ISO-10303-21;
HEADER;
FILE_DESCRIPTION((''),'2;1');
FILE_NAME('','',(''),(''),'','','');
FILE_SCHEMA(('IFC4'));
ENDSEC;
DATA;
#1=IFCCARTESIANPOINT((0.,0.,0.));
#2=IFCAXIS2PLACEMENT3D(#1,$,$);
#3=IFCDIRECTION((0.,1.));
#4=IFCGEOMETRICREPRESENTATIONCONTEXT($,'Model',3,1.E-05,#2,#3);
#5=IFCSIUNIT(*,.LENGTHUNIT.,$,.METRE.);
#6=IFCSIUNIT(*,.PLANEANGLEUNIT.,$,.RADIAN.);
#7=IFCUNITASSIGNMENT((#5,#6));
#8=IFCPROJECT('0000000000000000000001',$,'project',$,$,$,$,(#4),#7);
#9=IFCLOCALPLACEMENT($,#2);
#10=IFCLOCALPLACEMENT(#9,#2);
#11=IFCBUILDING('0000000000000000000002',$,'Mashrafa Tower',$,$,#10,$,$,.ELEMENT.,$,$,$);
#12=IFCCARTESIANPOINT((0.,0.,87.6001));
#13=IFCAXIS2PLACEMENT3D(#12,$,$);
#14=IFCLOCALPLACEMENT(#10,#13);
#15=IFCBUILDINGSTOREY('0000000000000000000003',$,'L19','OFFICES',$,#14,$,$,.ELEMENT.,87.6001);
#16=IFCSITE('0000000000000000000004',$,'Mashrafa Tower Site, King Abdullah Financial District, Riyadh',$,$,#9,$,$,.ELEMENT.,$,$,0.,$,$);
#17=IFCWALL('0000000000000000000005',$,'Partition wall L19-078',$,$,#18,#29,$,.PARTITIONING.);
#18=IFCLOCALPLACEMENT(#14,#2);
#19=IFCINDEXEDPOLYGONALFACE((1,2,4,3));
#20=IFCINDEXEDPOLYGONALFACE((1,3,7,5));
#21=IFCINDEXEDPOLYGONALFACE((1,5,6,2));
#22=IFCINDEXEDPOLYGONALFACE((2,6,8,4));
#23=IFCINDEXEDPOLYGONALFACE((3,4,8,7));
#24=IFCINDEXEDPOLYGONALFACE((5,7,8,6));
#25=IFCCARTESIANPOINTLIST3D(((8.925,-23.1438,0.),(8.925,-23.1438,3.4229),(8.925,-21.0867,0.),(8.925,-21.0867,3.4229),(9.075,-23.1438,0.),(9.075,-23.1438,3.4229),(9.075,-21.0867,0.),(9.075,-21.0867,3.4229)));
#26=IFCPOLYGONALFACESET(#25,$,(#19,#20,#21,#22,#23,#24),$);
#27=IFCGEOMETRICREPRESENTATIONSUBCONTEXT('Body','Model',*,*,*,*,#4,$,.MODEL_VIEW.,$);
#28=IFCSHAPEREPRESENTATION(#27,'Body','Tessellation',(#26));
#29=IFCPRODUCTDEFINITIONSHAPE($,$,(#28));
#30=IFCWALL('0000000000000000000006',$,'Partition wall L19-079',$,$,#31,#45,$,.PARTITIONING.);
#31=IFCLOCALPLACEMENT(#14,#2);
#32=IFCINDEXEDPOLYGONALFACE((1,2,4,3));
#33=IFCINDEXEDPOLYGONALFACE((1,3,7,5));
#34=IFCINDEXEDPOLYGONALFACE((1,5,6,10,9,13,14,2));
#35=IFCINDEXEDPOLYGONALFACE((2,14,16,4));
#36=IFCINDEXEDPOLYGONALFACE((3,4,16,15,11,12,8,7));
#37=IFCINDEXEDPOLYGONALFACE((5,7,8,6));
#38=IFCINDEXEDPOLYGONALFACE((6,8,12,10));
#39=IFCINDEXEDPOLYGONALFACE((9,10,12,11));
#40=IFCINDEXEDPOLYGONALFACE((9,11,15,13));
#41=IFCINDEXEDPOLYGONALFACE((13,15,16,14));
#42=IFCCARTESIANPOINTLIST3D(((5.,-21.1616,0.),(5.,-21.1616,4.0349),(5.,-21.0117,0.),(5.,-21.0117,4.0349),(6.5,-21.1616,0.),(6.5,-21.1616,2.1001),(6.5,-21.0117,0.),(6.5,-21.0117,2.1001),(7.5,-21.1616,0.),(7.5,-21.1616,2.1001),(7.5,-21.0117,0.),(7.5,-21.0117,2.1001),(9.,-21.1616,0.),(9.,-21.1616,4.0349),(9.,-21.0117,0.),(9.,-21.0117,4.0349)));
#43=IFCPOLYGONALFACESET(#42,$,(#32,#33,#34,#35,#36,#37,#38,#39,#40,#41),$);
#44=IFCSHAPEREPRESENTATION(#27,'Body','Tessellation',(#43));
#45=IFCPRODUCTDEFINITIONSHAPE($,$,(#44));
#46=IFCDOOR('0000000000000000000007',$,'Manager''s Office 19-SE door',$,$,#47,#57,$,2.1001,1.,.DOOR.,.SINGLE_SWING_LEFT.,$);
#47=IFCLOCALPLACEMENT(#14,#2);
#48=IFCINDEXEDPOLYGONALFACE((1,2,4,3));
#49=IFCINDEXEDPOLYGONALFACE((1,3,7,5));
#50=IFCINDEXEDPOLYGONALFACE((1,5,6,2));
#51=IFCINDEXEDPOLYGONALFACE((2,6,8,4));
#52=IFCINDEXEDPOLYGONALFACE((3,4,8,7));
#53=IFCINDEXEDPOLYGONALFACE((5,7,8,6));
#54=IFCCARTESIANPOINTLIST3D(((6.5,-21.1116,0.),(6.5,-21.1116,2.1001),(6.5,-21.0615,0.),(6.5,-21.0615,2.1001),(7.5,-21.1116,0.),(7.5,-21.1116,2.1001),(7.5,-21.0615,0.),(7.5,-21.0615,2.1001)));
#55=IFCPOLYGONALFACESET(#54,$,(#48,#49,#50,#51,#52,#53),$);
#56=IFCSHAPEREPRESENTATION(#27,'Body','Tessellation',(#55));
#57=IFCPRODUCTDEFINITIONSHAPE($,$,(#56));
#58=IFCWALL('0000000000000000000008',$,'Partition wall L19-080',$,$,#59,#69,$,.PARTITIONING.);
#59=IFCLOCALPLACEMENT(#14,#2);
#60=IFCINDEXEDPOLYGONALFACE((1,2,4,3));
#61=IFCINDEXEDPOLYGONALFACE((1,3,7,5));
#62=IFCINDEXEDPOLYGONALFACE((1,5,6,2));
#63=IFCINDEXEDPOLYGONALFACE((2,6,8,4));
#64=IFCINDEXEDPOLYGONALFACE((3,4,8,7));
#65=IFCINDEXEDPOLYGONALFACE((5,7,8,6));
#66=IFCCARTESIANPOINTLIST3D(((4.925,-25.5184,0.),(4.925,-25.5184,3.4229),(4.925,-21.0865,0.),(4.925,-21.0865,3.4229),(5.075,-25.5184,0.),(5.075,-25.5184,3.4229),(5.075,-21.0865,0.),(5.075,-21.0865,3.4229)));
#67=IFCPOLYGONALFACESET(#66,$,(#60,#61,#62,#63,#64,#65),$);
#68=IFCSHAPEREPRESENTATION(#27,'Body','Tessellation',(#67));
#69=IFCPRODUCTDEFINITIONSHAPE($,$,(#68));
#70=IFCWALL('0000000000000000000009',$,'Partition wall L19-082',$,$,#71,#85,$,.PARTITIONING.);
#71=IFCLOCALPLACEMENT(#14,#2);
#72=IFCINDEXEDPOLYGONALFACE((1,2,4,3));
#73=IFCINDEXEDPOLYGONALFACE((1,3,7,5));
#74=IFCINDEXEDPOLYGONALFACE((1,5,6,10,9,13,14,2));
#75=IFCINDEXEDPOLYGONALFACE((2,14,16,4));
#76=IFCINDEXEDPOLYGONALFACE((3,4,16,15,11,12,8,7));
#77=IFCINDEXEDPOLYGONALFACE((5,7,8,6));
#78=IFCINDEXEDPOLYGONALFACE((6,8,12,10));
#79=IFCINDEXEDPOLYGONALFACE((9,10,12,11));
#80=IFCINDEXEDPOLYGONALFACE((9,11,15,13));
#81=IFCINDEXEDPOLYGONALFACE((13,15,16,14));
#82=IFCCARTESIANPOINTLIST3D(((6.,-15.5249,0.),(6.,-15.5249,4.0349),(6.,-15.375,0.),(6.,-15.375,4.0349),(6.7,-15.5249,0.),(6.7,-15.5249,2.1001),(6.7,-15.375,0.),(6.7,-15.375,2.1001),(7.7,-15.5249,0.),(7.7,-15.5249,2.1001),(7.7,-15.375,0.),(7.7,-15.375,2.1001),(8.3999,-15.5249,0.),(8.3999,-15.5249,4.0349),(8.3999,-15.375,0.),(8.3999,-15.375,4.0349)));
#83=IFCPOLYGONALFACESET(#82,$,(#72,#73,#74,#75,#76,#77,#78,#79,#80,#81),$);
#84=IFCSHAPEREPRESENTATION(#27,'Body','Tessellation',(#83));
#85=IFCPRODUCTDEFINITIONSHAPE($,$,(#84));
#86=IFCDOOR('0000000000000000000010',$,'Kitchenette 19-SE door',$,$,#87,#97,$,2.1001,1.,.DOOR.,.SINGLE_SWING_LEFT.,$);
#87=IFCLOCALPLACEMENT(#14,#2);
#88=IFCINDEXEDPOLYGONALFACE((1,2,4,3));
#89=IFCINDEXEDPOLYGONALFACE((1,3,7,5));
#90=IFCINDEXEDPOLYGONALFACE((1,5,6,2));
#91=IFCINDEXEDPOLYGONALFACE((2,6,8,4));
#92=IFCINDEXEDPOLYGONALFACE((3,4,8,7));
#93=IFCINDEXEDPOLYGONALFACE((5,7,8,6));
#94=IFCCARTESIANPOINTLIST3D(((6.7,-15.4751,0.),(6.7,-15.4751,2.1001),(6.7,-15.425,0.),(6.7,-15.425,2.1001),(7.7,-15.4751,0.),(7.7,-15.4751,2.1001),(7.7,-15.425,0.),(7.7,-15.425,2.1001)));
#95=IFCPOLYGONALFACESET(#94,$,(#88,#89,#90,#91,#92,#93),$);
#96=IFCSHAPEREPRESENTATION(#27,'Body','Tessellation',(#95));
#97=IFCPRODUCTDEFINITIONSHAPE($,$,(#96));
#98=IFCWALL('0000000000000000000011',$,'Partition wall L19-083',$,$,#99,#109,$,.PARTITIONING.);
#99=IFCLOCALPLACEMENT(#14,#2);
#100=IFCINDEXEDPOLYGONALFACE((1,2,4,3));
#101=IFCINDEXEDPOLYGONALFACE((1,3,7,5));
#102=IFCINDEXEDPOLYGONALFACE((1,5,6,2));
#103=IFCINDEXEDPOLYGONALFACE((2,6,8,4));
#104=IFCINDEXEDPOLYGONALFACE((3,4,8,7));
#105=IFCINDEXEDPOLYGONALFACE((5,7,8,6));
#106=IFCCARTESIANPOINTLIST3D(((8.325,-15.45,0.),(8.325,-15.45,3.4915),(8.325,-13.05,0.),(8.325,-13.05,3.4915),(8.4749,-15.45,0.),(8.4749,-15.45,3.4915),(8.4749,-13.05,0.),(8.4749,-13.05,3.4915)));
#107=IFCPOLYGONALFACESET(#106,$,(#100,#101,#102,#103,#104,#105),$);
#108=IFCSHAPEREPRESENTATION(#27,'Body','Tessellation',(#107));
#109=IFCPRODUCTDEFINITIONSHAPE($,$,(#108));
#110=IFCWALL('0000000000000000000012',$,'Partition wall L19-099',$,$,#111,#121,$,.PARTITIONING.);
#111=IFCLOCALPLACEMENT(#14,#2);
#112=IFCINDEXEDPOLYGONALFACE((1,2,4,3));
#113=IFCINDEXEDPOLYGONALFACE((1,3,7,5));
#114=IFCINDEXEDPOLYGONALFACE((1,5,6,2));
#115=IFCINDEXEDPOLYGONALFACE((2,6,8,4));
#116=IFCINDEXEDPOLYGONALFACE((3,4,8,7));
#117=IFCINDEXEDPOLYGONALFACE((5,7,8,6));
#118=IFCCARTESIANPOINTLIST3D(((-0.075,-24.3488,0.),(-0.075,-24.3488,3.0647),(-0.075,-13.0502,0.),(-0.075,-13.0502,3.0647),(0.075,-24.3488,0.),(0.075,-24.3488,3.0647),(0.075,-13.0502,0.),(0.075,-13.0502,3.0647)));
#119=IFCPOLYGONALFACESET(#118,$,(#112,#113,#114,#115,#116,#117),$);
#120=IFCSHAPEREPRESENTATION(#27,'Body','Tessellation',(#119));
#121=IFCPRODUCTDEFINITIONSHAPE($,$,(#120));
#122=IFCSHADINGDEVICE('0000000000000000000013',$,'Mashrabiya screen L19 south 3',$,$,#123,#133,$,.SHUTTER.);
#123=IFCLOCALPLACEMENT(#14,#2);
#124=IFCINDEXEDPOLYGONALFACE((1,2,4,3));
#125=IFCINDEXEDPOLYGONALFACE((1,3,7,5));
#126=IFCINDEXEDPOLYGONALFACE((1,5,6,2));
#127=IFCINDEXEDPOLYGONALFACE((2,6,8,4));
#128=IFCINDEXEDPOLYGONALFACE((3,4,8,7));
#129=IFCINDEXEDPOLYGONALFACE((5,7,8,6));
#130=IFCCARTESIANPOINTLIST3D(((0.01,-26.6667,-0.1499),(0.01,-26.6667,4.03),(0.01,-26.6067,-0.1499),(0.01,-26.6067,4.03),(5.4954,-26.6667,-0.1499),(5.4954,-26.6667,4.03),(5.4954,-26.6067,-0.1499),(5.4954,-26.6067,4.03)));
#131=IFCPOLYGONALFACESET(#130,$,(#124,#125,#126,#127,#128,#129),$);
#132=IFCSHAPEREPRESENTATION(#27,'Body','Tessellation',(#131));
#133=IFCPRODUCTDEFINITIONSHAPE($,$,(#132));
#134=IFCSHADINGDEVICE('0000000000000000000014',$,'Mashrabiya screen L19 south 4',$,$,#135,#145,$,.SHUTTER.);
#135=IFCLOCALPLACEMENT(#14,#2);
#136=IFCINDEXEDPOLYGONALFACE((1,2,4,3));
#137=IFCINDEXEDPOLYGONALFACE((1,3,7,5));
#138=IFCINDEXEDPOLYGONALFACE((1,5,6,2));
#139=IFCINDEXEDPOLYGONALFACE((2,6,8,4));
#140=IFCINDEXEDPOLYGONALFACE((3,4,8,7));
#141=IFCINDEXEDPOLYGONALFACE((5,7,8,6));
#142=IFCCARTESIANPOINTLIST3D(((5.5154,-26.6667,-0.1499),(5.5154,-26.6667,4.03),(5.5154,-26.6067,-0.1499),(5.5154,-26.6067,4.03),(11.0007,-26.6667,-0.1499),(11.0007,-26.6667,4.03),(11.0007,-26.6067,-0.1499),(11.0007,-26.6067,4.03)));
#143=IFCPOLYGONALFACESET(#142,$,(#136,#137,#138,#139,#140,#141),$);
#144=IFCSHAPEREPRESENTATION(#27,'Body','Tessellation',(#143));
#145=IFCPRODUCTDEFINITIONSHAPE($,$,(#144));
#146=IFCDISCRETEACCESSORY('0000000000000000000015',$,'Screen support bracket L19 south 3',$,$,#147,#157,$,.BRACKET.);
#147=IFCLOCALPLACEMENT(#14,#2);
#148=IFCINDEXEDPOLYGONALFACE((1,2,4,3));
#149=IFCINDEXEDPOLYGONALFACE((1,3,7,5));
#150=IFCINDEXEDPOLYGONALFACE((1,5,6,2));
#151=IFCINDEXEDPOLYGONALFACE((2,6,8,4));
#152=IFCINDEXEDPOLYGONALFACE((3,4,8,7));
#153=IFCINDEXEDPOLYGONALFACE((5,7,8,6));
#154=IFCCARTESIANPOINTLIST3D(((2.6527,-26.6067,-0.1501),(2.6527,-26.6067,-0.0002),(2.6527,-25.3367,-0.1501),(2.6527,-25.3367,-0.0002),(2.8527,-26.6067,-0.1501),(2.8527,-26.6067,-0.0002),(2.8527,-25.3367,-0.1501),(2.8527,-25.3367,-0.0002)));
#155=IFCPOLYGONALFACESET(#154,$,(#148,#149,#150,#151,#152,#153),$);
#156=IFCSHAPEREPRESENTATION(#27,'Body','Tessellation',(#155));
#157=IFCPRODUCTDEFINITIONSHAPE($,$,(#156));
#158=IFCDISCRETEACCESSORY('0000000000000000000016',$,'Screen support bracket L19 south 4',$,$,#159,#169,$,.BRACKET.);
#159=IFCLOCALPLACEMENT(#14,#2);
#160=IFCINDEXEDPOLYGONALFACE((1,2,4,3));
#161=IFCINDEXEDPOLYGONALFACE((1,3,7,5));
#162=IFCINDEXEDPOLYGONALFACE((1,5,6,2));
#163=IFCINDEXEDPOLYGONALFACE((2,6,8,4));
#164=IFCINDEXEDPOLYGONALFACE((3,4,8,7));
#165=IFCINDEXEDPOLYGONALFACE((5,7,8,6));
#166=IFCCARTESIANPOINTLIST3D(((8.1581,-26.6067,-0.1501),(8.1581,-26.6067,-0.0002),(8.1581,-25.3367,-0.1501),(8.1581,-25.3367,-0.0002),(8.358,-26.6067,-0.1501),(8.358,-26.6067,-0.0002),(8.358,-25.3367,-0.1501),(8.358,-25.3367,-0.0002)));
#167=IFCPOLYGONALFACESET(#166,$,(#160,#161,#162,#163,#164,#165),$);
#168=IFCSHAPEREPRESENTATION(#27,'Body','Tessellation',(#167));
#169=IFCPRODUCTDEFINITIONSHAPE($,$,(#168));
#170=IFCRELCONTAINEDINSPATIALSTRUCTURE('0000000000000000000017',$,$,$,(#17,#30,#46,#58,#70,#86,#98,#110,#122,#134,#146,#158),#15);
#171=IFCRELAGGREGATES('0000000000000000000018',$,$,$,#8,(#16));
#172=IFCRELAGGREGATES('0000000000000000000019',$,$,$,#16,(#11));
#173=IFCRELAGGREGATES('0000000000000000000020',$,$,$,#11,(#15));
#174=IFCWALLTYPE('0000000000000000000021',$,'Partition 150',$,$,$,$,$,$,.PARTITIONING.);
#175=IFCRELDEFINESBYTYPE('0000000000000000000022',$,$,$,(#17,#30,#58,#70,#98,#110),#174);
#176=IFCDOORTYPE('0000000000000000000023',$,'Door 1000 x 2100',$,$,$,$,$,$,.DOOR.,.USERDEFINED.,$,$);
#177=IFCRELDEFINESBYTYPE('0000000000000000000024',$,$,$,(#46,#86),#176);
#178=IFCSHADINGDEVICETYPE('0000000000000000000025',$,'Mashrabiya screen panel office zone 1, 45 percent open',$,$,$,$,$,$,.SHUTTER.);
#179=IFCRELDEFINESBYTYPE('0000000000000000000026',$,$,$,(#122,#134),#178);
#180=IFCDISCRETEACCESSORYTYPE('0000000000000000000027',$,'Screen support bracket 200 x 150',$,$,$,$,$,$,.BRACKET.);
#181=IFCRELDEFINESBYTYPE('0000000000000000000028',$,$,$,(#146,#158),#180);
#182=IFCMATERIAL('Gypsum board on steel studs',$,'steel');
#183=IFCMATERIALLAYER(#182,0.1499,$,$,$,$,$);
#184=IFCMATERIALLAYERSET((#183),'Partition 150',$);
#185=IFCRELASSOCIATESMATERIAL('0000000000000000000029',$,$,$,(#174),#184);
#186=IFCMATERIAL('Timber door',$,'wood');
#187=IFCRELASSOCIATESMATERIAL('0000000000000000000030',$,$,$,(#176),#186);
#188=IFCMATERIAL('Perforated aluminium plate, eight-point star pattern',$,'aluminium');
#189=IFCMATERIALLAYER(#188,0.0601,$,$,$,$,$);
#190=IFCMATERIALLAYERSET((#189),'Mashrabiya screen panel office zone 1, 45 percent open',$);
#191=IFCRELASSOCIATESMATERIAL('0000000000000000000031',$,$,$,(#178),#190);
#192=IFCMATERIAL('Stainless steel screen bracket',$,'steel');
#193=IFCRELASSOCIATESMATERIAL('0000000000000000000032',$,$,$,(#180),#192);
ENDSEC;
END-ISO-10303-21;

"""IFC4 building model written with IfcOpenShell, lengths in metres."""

from ifc_helpers import new_model, si_unit, direction, frame, frame_2d, origin, origin_2d, place, context, subcontext, project, spatial, rectangle, extrude, source, transform, mapped, material, layer, layer_set, type_object, type_shapes, element, fill, save


model = new_model("IFC4")

# Units and contexts
model_context = context("Model", 3, precision=1e-05, world=origin(), true_north=direction((0.0, 1.0)))
body_context = subcontext(model_context, "Body", "Model", "MODEL_VIEW")
ifc_project = project(units=[si_unit("LENGTHUNIT", "METRE"), si_unit("PLANEANGLEUNIT", "RADIAN")], contexts=[model_context])

# Site, building, storey
site_placement = place(None, origin())
site = spatial("IfcSite", under=ifc_project, at=site_placement, Name="Mashrafa Tower Site, King Abdullah Financial District, Riyadh", CompositionType="ELEMENT", RefElevation=0.0)
building_placement = place(site_placement, origin())
building = spatial("IfcBuilding", under=site, at=building_placement, Name="Mashrafa Tower", CompositionType="ELEMENT")
storey_placement = place(building_placement, frame((0.0, 0.0, 87.6001)))
storey = spatial("IfcBuildingStorey", under=building, at=storey_placement, Name="L19", Description="OFFICES", CompositionType="ELEMENT", Elevation=87.6001)

# Wall
ifc_material_1 = material(Name="Gypsum board on steel studs", Category="steel")
ifc_layer_1 = layer(ifc_material_1, 0.1499)
ifc_layer_set_1 = layer_set([ifc_layer_1], Name="Partition 150")
wall_type_1 = type_object("IfcWallType", Name="Partition 150", PredefinedType="PARTITIONING", material=ifc_layer_set_1)
wall_1_placement = place(storey_placement, frame((9.0, -23.1438, 0.0), z_axis=(0.0, 0.0, 1.0), x_axis=(0.0, 1.0, 0.0)))
element("IfcWall", 1, at=wall_1_placement, inside=storey, type_object=wall_type_1, Name="Partition wall L19-078", PredefinedType="PARTITIONING", context=body_context, shape_type="SweptSolid", body=[
    extrude(rectangle(XDim=2.0571, YDim=0.1499, at=frame_2d((1.0286, 0.0))), origin(), (0.0, 0.0, 1.0), 3.4229),
])

# Wall, opening, door
wall_2_placement = place(storey_placement, frame((9.0, -21.0867, 0.0), z_axis=(0.0, 0.0, 1.0), x_axis=(-1.0, 0.0, 0.0)))
wall_2 = element("IfcWall", 2, at=wall_2_placement, inside=storey, type_object=wall_type_1, Name="Partition wall L19-079", PredefinedType="PARTITIONING", context=body_context, shape_type="SweptSolid", body=[
    extrude(rectangle(XDim=4.0, YDim=0.1499, at=frame_2d((2.0, 0.0))), origin(), (0.0, 0.0, 1.0), 4.0349),
])
opening_1_placement = place(wall_2_placement, frame((1.5, 0.0, 0.0)))
opening_1 = element("IfcOpeningElement", 3, at=opening_1_placement, cuts=wall_2, PredefinedType="OPENING", context=body_context, shape_type="SweptSolid", body=[
    extrude(rectangle(XDim=1.0, YDim=2.1001, at=frame_2d((0.5, 1.05))), frame((0.0, 0.085, 0.0), z_axis=(0.0, -1.0, 0.0), x_axis=(1.0, 0.0, 0.0)), (0.0, 0.0, 1.0), 0.1699),
])
ifc_material_2 = material(Name="Timber door", Category="wood")
door_type = type_object("IfcDoorType", Name="Door 1000 x 2100", OperationType="USERDEFINED", PredefinedType="DOOR", material=ifc_material_2)
door_1_placement = place(opening_1_placement, origin())
door_1 = element("IfcDoor", 4, at=door_1_placement, inside=storey, type_object=door_type, Name="Manager's Office 19-SE door", OperationType="SINGLE_SWING_LEFT", OverallHeight=2.1001, OverallWidth=1.0, PredefinedType="DOOR", context=body_context, shape_type="SweptSolid", body=[
    extrude(rectangle(XDim=1.0, YDim=2.1001, at=frame_2d((0.5, 1.05))), frame((0.0, 0.0249, 0.0), z_axis=(0.0, -1.0, 0.0), x_axis=(1.0, 0.0, 0.0)), (0.0, 0.0, 1.0), 0.05),
])
fill(opening_1, door_1)

# Wall
wall_3_placement = place(storey_placement, frame((5.0, -21.0867, 0.0), z_axis=(0.0, 0.0, 1.0), x_axis=(0.0, -1.0, 0.0)))
element("IfcWall", 5, at=wall_3_placement, inside=storey, type_object=wall_type_1, Name="Partition wall L19-080", PredefinedType="PARTITIONING", context=body_context, shape_type="SweptSolid", body=[
    extrude(rectangle(XDim=4.4319, YDim=0.1499, at=frame_2d((2.2158, 0.0))), origin(), (0.0, 0.0, 1.0), 3.4229),
])

# Wall, opening, door
wall_4_placement = place(storey_placement, frame((6.0, -15.45, 0.0), z_axis=(0.0, 0.0, 1.0), x_axis=(1.0, 0.0, 0.0)))
wall_4 = element("IfcWall", 6, at=wall_4_placement, inside=storey, type_object=wall_type_1, Name="Partition wall L19-082", PredefinedType="PARTITIONING", context=body_context, shape_type="SweptSolid", body=[
    extrude(rectangle(XDim=2.3999, YDim=0.1499, at=frame_2d((1.2, 0.0))), origin(), (0.0, 0.0, 1.0), 4.0349),
])
opening_2_placement = place(wall_4_placement, frame((0.7, 0.0, 0.0)))
opening_2 = element("IfcOpeningElement", 7, at=opening_2_placement, cuts=wall_4, PredefinedType="OPENING", context=body_context, shape_type="SweptSolid", body=[
    extrude(rectangle(XDim=1.0, YDim=2.1001, at=frame_2d((0.5, 1.05))), frame((0.0, 0.085, 0.0), z_axis=(0.0, -1.0, 0.0), x_axis=(1.0, 0.0, 0.0)), (0.0, 0.0, 1.0), 0.1699),
])
door_2_placement = place(opening_2_placement, origin())
door_2 = element("IfcDoor", 8, at=door_2_placement, inside=storey, type_object=door_type, Name="Kitchenette 19-SE door", OperationType="SINGLE_SWING_LEFT", OverallHeight=2.1001, OverallWidth=1.0, PredefinedType="DOOR", context=body_context, shape_type="SweptSolid", body=[
    extrude(rectangle(XDim=1.0, YDim=2.1001, at=frame_2d((0.5, 1.05))), frame((0.0, 0.0249, 0.0), z_axis=(0.0, -1.0, 0.0), x_axis=(1.0, 0.0, 0.0)), (0.0, 0.0, 1.0), 0.05),
])
fill(opening_2, door_2)

# Walls
wall_5_placement = place(storey_placement, frame((8.3999, -15.45, 0.0), z_axis=(0.0, 0.0, 1.0), x_axis=(0.0, 1.0, 0.0)))
element("IfcWall", 9, at=wall_5_placement, inside=storey, type_object=wall_type_1, Name="Partition wall L19-083", PredefinedType="PARTITIONING", context=body_context, shape_type="SweptSolid", body=[
    extrude(rectangle(XDim=2.3999, YDim=0.1499, at=frame_2d((1.2, 0.0))), origin(), (0.0, 0.0, 1.0), 3.4915),
])
wall_6_placement = place(storey_placement, frame((0.0, -13.05, 0.0), z_axis=(0.0, 0.0, 1.0), x_axis=(0.0, -1.0, 0.0)))
element("IfcWall", 10, at=wall_6_placement, inside=storey, type_object=wall_type_1, Name="Partition wall L19-099", PredefinedType="PARTITIONING", context=body_context, shape_type="SweptSolid", body=[
    extrude(rectangle(XDim=11.2986, YDim=0.1499, at=frame_2d((5.6494, 0.0))), origin(), (0.0, 0.0, 1.0), 3.0647),
])

# Shading devices
ifc_material_3 = material(Name="Perforated aluminium plate, eight-point star pattern", Category="aluminium")
ifc_layer_2 = layer(ifc_material_3, 0.0601)
ifc_layer_set_2 = layer_set([ifc_layer_2], Name="Mashrabiya screen panel office zone 1, 45 percent open")
shading_device_type = type_object("IfcShadingDeviceType", Name="Mashrabiya screen panel office zone 1, 45 percent open", PredefinedType="SHUTTER", material=ifc_layer_set_2)
shared_shape_1 = source(origin(), body_context, "Body", "SweptSolid", [
    extrude(rectangle(XDim=5.4854, YDim=0.0601, at=origin_2d()), origin(), (0.0, 0.0, 1.0), 4.1799),
])
type_shapes(shading_device_type, [shared_shape_1])
for number, where, z_axis, x_axis, name in (
    (11, (2.7527, -26.6367, -0.1499), (0.0, 0.0, 1.0), (1.0, 0.0, 0.0), "Mashrabiya screen L19 south 3"),
    (12, (8.2581, -26.6367, -0.1499), (0.0, 0.0, 1.0), (1.0, 0.0, 0.0), "Mashrabiya screen L19 south 4"),
):
    element("IfcShadingDevice", number, at=place(storey_placement, frame(where, z_axis=z_axis, x_axis=x_axis)), inside=storey, type_object=shading_device_type, Name=name, PredefinedType="SHUTTER", context=body_context, shape_type="MappedRepresentation", body=[
        mapped(shared_shape_1, transform((0.0, 0.0, 0.0))),
    ])

# Discrete accessories
ifc_material_4 = material(Name="Stainless steel screen bracket", Category="steel")
discrete_accessory_type = type_object("IfcDiscreteAccessoryType", Name="Screen support bracket 200 x 150", PredefinedType="BRACKET", material=ifc_material_4)
shared_shape_2 = source(origin(), body_context, "Body", "SweptSolid", [
    extrude(rectangle(XDim=0.2, YDim=1.27, at=origin_2d()), origin(), (0.0, 0.0, 1.0), 0.1499),
])
type_shapes(discrete_accessory_type, [shared_shape_2])
for number, where, z_axis, x_axis, name in (
    (13, (2.7527, -25.9717, -0.1501), (0.0, 0.0, 1.0), (1.0, 0.0, 0.0), "Screen support bracket L19 south 3"),
    (14, (8.2581, -25.9717, -0.1501), (0.0, 0.0, 1.0), (1.0, 0.0, 0.0), "Screen support bracket L19 south 4"),
):
    element("IfcDiscreteAccessory", number, at=place(storey_placement, frame(where, z_axis=z_axis, x_axis=x_axis)), inside=storey, type_object=discrete_accessory_type, Name=name, PredefinedType="BRACKET", context=body_context, shape_type="MappedRepresentation", body=[
        mapped(shared_shape_2, transform((0.0, 0.0, 0.0))),
    ])

save(model, "model.ifc")
